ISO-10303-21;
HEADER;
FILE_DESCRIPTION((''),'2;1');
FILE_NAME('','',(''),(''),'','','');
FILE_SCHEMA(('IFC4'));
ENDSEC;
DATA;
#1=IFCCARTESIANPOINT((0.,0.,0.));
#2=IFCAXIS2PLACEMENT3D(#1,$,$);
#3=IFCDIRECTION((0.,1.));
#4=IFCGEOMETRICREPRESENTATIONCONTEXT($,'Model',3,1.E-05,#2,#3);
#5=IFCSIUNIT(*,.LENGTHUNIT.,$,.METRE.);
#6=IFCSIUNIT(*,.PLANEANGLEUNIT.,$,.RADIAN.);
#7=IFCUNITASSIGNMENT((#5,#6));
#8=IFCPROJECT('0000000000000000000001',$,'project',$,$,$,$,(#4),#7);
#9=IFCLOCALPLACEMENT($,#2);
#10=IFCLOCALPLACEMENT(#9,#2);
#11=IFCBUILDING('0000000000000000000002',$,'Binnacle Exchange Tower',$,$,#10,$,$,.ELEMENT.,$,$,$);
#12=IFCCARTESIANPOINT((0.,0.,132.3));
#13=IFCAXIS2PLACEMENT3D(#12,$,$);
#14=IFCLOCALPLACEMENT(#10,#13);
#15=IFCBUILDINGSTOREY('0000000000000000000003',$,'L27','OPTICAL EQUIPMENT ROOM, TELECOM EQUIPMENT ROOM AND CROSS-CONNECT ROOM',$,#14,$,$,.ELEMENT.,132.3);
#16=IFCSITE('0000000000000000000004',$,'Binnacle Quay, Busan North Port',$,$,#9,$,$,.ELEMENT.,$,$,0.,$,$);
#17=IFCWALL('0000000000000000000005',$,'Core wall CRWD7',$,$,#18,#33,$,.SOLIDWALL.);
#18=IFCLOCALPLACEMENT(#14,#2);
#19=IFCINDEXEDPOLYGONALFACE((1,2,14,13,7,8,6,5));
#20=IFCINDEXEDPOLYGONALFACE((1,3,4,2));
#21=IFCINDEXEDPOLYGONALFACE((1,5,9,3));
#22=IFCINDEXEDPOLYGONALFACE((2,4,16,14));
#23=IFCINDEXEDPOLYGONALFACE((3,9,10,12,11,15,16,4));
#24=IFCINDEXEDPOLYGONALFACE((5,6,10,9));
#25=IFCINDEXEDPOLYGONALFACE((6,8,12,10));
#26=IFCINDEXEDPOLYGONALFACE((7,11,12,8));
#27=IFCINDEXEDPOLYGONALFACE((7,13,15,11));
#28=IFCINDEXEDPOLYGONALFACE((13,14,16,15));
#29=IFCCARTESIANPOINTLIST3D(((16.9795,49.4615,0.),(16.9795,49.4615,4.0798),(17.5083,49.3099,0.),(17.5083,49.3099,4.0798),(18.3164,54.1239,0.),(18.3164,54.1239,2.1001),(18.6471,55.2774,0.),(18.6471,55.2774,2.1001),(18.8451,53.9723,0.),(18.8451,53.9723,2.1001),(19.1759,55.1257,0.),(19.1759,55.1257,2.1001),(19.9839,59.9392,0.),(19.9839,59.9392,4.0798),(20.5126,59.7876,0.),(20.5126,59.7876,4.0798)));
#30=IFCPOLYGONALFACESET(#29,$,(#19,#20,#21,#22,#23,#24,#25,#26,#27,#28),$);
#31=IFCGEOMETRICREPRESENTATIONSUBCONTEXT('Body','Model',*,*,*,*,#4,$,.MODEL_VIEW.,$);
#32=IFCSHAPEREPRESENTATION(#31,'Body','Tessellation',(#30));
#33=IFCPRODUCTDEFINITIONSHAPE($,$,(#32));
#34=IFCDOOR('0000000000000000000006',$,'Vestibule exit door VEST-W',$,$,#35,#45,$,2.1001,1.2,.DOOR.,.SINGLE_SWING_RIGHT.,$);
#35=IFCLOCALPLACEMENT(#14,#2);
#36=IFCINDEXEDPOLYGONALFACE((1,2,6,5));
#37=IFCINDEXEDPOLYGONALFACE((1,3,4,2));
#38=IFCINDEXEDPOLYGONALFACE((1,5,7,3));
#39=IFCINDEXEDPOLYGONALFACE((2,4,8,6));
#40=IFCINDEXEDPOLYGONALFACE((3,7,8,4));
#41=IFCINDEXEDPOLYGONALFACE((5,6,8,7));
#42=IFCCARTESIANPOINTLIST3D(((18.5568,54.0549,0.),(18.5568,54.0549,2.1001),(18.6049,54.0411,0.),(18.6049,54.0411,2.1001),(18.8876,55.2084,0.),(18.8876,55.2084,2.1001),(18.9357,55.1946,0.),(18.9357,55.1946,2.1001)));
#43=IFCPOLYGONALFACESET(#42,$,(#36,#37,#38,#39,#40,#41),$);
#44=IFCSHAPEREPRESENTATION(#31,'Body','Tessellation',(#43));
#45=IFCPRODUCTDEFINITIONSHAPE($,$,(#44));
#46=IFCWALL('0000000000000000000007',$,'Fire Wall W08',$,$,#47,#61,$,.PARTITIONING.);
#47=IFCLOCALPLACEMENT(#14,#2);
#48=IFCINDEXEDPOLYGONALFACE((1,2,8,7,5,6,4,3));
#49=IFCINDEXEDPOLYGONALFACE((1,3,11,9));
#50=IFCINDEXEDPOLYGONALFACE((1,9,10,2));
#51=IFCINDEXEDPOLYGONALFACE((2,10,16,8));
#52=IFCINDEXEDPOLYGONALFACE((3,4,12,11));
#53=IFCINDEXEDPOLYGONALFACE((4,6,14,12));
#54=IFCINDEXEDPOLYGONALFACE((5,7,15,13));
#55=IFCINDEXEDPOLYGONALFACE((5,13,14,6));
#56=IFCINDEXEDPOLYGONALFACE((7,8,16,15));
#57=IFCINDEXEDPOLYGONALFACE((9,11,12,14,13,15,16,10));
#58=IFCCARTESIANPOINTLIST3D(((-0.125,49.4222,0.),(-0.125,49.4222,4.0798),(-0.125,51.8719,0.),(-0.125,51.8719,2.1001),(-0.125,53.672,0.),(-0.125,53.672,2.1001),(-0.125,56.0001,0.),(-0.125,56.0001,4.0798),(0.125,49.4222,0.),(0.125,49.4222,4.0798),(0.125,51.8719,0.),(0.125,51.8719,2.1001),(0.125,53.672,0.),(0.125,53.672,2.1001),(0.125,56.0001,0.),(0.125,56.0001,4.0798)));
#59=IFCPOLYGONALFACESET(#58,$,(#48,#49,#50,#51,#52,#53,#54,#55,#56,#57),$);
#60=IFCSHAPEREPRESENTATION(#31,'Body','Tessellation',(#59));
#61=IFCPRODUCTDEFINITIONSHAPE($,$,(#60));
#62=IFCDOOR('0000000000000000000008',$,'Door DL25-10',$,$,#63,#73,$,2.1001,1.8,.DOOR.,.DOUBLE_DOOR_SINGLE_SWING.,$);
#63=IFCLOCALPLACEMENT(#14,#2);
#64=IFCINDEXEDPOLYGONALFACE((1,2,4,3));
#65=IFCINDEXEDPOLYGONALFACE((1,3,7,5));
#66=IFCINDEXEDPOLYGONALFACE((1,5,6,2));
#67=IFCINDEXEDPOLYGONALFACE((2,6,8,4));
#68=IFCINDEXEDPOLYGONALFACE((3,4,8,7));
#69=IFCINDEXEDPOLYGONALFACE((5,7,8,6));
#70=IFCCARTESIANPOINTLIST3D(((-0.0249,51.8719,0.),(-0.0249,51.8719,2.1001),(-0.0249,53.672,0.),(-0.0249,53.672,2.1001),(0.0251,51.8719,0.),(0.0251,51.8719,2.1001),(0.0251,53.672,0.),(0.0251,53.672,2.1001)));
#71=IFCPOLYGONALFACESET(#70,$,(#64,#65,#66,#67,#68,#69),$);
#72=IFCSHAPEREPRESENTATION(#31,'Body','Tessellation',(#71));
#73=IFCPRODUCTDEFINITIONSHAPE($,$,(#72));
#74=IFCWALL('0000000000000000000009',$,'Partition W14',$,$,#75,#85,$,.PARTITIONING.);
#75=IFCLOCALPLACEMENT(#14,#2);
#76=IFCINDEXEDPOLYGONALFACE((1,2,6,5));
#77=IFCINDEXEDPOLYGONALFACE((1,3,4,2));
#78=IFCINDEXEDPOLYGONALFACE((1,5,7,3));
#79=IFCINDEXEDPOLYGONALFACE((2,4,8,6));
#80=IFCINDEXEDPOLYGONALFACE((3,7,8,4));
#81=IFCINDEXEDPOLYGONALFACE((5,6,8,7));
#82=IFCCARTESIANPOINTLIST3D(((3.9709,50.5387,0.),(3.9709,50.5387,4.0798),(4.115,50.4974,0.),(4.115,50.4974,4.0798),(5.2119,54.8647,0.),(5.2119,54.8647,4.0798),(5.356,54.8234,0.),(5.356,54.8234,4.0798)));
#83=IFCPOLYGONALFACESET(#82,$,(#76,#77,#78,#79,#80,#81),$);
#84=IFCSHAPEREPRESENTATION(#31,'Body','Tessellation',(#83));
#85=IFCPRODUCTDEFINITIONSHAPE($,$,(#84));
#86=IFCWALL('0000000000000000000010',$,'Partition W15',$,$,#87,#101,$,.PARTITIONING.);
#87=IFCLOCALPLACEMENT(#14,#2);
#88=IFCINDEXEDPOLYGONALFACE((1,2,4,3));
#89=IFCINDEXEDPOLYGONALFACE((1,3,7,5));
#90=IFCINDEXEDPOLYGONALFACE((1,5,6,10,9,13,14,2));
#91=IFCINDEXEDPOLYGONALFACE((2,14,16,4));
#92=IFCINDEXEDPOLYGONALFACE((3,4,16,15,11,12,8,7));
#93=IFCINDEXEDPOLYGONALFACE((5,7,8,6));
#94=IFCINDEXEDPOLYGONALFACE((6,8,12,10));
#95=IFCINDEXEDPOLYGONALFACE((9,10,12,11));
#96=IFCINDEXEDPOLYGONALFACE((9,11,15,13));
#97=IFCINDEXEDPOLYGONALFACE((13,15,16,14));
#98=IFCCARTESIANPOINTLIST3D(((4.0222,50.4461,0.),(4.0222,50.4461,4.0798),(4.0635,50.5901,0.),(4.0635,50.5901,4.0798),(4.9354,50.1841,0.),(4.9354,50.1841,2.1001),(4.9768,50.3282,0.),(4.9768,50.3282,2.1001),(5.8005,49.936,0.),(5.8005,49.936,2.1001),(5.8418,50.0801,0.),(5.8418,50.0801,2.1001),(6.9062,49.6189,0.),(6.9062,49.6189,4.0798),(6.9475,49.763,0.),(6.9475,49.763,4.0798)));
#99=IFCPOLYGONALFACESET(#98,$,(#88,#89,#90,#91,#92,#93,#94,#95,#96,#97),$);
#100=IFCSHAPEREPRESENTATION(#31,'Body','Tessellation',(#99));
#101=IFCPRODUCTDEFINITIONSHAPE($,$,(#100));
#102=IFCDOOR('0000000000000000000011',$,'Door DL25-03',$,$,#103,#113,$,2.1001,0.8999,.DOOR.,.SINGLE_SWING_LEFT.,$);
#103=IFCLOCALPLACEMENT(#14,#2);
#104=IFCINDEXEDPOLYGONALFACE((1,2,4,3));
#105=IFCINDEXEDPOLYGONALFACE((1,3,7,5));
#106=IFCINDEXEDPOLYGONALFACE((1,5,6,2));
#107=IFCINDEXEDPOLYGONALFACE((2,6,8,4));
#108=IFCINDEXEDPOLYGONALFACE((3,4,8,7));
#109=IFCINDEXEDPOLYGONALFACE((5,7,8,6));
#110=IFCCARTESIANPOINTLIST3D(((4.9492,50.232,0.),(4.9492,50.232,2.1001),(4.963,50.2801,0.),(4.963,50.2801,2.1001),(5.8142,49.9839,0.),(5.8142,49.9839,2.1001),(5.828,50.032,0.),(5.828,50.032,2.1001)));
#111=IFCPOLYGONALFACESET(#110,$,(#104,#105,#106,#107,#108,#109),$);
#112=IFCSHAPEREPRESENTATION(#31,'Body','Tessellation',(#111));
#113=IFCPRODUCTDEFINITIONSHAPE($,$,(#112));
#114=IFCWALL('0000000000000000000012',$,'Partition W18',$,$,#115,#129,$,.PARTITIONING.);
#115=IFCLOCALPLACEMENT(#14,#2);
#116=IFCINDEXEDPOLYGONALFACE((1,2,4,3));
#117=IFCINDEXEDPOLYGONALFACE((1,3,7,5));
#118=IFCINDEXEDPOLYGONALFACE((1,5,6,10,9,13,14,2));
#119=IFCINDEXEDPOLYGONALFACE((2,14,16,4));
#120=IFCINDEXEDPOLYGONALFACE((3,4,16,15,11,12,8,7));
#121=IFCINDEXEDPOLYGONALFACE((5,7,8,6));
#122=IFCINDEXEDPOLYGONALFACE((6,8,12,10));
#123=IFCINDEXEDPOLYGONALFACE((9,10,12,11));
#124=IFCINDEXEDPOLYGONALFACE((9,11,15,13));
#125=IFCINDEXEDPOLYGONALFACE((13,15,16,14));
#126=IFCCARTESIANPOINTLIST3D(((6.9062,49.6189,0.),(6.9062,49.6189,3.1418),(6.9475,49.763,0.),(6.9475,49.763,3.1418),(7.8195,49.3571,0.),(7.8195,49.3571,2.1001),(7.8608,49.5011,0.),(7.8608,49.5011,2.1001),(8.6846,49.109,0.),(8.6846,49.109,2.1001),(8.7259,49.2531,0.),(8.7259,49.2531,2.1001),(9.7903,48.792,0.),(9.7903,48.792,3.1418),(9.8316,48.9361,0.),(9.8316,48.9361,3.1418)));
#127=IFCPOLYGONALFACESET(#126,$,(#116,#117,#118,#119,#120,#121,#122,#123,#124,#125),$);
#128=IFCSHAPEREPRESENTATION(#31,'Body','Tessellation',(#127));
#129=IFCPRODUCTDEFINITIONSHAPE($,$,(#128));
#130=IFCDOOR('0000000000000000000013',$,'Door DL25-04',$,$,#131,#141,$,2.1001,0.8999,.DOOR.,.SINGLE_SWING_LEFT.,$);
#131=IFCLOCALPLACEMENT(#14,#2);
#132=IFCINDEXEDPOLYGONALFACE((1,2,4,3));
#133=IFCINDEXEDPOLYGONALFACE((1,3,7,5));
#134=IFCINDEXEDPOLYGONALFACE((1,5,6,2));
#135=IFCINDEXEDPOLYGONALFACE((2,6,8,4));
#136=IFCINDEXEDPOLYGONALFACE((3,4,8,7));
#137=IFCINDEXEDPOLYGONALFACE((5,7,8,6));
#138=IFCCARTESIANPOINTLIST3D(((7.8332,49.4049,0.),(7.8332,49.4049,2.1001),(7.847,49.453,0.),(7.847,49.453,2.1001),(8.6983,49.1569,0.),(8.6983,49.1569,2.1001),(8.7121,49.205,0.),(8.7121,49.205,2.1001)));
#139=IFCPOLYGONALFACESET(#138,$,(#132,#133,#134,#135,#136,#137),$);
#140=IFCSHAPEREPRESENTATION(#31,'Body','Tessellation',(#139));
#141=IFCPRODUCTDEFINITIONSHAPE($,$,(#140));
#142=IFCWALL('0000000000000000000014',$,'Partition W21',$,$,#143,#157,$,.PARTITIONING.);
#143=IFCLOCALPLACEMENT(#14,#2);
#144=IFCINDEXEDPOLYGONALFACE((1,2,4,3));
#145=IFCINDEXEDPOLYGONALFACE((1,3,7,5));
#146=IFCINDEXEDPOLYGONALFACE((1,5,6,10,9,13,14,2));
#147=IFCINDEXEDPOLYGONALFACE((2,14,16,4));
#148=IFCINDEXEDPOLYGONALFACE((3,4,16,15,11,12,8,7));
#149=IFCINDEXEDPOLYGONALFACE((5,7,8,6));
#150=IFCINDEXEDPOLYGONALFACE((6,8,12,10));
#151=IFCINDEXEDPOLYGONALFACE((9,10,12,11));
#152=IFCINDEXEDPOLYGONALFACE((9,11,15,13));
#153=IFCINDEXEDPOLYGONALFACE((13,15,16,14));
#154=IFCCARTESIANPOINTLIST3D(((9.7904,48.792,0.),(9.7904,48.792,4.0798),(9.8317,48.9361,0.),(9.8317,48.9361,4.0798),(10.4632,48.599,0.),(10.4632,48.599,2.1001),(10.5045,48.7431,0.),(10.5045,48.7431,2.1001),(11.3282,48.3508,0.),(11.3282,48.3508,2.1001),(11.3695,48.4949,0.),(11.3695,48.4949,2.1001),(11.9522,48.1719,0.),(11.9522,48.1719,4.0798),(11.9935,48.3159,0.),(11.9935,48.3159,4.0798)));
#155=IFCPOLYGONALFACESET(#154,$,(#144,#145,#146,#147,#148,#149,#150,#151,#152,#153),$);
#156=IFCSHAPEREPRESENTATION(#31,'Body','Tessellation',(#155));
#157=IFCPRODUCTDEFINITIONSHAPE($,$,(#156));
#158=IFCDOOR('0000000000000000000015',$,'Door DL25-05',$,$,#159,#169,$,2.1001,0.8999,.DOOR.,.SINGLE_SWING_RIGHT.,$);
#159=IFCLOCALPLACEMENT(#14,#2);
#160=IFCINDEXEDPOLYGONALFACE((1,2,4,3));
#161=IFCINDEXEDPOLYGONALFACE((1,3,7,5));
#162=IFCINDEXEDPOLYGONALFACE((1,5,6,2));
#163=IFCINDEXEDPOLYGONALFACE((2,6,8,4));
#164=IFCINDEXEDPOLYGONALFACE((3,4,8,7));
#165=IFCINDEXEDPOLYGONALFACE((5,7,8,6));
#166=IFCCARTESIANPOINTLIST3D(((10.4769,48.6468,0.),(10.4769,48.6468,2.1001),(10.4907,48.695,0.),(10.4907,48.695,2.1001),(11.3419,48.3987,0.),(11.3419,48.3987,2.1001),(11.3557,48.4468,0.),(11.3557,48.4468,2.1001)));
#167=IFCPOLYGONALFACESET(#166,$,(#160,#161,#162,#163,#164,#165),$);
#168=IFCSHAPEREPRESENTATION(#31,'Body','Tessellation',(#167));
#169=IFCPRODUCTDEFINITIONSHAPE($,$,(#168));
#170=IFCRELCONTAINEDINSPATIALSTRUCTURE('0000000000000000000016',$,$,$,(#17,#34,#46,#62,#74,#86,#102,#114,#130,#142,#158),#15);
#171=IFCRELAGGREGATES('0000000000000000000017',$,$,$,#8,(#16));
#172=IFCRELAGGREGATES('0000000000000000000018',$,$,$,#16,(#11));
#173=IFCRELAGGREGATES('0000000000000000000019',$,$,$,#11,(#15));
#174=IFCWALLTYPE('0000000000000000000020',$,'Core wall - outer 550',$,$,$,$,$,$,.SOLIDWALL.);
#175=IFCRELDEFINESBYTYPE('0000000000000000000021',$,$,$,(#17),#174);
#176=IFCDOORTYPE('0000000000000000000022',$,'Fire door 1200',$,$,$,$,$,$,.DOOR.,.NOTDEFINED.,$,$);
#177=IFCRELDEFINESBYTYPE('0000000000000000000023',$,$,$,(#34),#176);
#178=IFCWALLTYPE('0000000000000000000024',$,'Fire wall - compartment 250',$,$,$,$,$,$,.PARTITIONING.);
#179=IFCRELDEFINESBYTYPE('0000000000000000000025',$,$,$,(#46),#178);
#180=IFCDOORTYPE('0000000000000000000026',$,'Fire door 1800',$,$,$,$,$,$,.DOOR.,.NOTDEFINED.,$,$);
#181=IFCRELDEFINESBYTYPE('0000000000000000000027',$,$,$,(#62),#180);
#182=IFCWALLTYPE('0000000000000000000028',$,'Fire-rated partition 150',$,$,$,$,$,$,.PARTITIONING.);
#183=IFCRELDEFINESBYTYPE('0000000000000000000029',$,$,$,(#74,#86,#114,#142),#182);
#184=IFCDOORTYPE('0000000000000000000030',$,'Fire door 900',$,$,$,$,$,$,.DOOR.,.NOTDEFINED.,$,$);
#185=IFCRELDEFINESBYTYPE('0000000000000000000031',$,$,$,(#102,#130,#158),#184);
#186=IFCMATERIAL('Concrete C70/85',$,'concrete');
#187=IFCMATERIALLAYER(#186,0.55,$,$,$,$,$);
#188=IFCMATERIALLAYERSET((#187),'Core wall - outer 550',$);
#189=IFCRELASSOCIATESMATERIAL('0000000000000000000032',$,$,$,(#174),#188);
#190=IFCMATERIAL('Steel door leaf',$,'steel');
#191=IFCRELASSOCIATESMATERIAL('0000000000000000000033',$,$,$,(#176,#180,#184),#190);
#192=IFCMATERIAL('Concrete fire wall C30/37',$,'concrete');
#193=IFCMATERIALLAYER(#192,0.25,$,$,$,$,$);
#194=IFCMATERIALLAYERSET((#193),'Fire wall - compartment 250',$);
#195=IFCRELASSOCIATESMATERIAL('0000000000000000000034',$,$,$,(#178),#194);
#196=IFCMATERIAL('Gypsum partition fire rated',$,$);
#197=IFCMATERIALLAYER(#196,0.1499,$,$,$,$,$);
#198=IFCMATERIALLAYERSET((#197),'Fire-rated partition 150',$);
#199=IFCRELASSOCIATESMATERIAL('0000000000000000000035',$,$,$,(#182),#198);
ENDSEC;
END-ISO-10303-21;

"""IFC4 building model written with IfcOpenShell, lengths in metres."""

from ifc_helpers import new_model, si_unit, direction, frame, frame_2d, origin, place, context, subcontext, project, spatial, rectangle, extrude, material, layer, layer_set, type_object, element, fill, save


model = new_model("IFC4")

# Units and contexts
model_context = context("Model", 3, precision=1e-05, world=origin(), true_north=direction((0.0, 1.0)))
body_context = subcontext(model_context, "Body", "Model", "MODEL_VIEW")
ifc_project = project(units=[si_unit("LENGTHUNIT", "METRE"), si_unit("PLANEANGLEUNIT", "RADIAN")], contexts=[model_context])

# Site, building, storey
site_placement = place(None, origin())
site = spatial("IfcSite", under=ifc_project, at=site_placement, Name="Binnacle Quay, Busan North Port", CompositionType="ELEMENT", RefElevation=0.0)
building_placement = place(site_placement, origin())
building = spatial("IfcBuilding", under=site, at=building_placement, Name="Binnacle Exchange Tower", CompositionType="ELEMENT")
storey_placement = place(building_placement, frame((0.0, 0.0, 132.3)))
storey = spatial("IfcBuildingStorey", under=building, at=storey_placement, Name="L27", Description="OPTICAL EQUIPMENT ROOM, TELECOM EQUIPMENT ROOM AND CROSS-CONNECT ROOM", CompositionType="ELEMENT", Elevation=132.3)

# Shared definitions
ifc_material_1 = material(Name="Concrete C70/85", Category="concrete")

# Shared definitions
ifc_layer_1 = layer(ifc_material_1, 0.55)
ifc_layer_set_1 = layer_set([ifc_layer_1], Name="Core wall - outer 550")
wall_type_1 = type_object("IfcWallType", Name="Core wall - outer 550", PredefinedType="SOLIDWALL", material=ifc_layer_set_1)

# Walls, openings, doors
wall_1_placement = place(storey_placement, frame((17.2439, 49.3857, 0.0), z_axis=(0.0, 0.0, 1.0), x_axis=(0.275632, 0.961263, 0.0)))
wall_1 = element("IfcWall", 1, at=wall_1_placement, inside=storey, type_object=wall_type_1, Name="Core wall CRWD7", PredefinedType="SOLIDWALL", context=body_context, shape_type="SweptSolid", body=[
    extrude(rectangle(XDim=10.8999, YDim=0.55, at=frame_2d((5.45, 0.0))), origin(), (0.0, 0.0, 1.0), 4.0798),
])
opening_1_placement = place(wall_1_placement, frame((4.8501, 0.0, 0.0)))
opening_1 = element("IfcOpeningElement", 2, at=opening_1_placement, cuts=wall_1, PredefinedType="OPENING", context=body_context, shape_type="SweptSolid", body=[
    extrude(rectangle(XDim=1.2, YDim=2.1001, at=frame_2d((0.6001, 1.05))), frame((0.0, 0.2849, 0.0), z_axis=(0.0, -1.0, 0.0), x_axis=(1.0, 0.0, 0.0)), (0.0, 0.0, 1.0), 0.5701),
])
ifc_material_2 = material(Name="Steel door leaf", Category="steel")
door_type_1 = type_object("IfcDoorType", Name="Fire door 1200", OperationType="NOTDEFINED", PredefinedType="DOOR", material=ifc_material_2)
door_1_placement = place(opening_1_placement, origin())
door_1 = element("IfcDoor", 3, at=door_1_placement, inside=storey, type_object=door_type_1, Name="Vestibule exit door VEST-W", OperationType="SINGLE_SWING_RIGHT", OverallHeight=2.1001, OverallWidth=1.2, PredefinedType="DOOR", context=body_context, shape_type="SweptSolid", body=[
    extrude(rectangle(XDim=1.2, YDim=2.1001, at=frame_2d((0.6001, 1.05))), frame((0.0, 0.0249, 0.0), z_axis=(0.0, -1.0, 0.0), x_axis=(1.0, 0.0, 0.0)), (0.0, 0.0, 1.0), 0.05),
])
fill(opening_1, door_1)
ifc_material_3 = material(Name="Concrete fire wall C30/37", Category="concrete")
ifc_layer_2 = layer(ifc_material_3, 0.25)
ifc_layer_set_2 = layer_set([ifc_layer_2], Name="Fire wall - compartment 250")
wall_type_2 = type_object("IfcWallType", Name="Fire wall - compartment 250", PredefinedType="PARTITIONING", material=ifc_layer_set_2)
wall_2_placement = place(storey_placement, frame((0.0, 49.4221, 0.0), z_axis=(0.0, 0.0, 1.0), x_axis=(0.0, 1.0, 0.0)))
wall_2 = element("IfcWall", 4, at=wall_2_placement, inside=storey, type_object=wall_type_2, Name="Fire Wall W08", PredefinedType="PARTITIONING", context=body_context, shape_type="SweptSolid", body=[
    extrude(rectangle(XDim=6.5779, YDim=0.25, at=frame_2d((3.2891, 0.0))), origin(), (0.0, 0.0, 1.0), 4.0798),
])
opening_2_placement = place(wall_2_placement, frame((2.45, 0.0, 0.0)))
opening_2 = element("IfcOpeningElement", 5, at=opening_2_placement, cuts=wall_2, PredefinedType="OPENING", context=body_context, shape_type="SweptSolid", body=[
    extrude(rectangle(XDim=1.8, YDim=2.1001, at=frame_2d((0.8999, 1.05))), frame((0.0, 0.135, 0.0), z_axis=(0.0, -1.0, 0.0), x_axis=(1.0, 0.0, 0.0)), (0.0, 0.0, 1.0), 0.27),
])
door_type_2 = type_object("IfcDoorType", Name="Fire door 1800", OperationType="NOTDEFINED", PredefinedType="DOOR", material=ifc_material_2)
door_2_placement = place(opening_2_placement, origin())
door_2 = element("IfcDoor", 6, at=door_2_placement, inside=storey, type_object=door_type_2, Name="Door DL25-10", OperationType="DOUBLE_DOOR_SINGLE_SWING", OverallHeight=2.1001, OverallWidth=1.8, PredefinedType="DOOR", context=body_context, shape_type="SweptSolid", body=[
    extrude(rectangle(XDim=1.8, YDim=2.1001, at=frame_2d((0.8999, 1.05))), frame((0.0, 0.0249, 0.0), z_axis=(0.0, -1.0, 0.0), x_axis=(1.0, 0.0, 0.0)), (0.0, 0.0, 1.0), 0.05),
])
fill(opening_2, door_2)

# Wall
ifc_material_4 = material(Name="Gypsum partition fire rated")
ifc_layer_3 = layer(ifc_material_4, 0.1499)
ifc_layer_set_3 = layer_set([ifc_layer_3], Name="Fire-rated partition 150")
wall_type_3 = type_object("IfcWallType", Name="Fire-rated partition 150", PredefinedType="PARTITIONING", material=ifc_layer_set_3)
wall_3_placement = place(storey_placement, frame((4.043, 50.5181, 0.0), z_axis=(0.0, 0.0, 1.0), x_axis=(0.275746, 0.961231, 0.0)))
element("IfcWall", 7, at=wall_3_placement, inside=storey, type_object=wall_type_3, Name="Partition W14", PredefinedType="PARTITIONING", context=body_context, shape_type="SweptSolid", body=[
    extrude(rectangle(XDim=4.5005, YDim=0.1499, at=frame_2d((2.2502, 0.0))), origin(), (0.0, 0.0, 1.0), 4.0798),
])

# Walls, openings, doors
wall_4_placement = place(storey_placement, frame((4.043, 50.5181, 0.0), z_axis=(0.0, 0.0, 1.0), x_axis=(0.961247, -0.275688, 0.0)))
wall_4 = element("IfcWall", 8, at=wall_4_placement, inside=storey, type_object=wall_type_3, Name="Partition W15", PredefinedType="PARTITIONING", context=body_context, shape_type="SweptSolid", body=[
    extrude(rectangle(XDim=3.0002, YDim=0.1499, at=frame_2d((1.5, 0.0))), origin(), (0.0, 0.0, 1.0), 4.0798),
])
opening_3_placement = place(wall_4_placement, frame((0.95, 0.0, 0.0)))
opening_3 = element("IfcOpeningElement", 9, at=opening_3_placement, cuts=wall_4, PredefinedType="OPENING", context=body_context, shape_type="SweptSolid", body=[
    extrude(rectangle(XDim=0.8999, YDim=2.1001, at=frame_2d((0.45, 1.05))), frame((0.0, 0.085, 0.0), z_axis=(0.0, -1.0, 0.0), x_axis=(1.0, 0.0, 0.0)), (0.0, 0.0, 1.0), 0.1699),
])
door_type_3 = type_object("IfcDoorType", Name="Fire door 900", OperationType="NOTDEFINED", PredefinedType="DOOR", material=ifc_material_2)
door_3_placement = place(opening_3_placement, origin())
door_3 = element("IfcDoor", 10, at=door_3_placement, inside=storey, type_object=door_type_3, Name="Door DL25-03", OperationType="SINGLE_SWING_LEFT", OverallHeight=2.1001, OverallWidth=0.8999, PredefinedType="DOOR", context=body_context, shape_type="SweptSolid", body=[
    extrude(rectangle(XDim=0.8999, YDim=2.1001, at=frame_2d((0.45, 1.05))), frame((0.0, 0.0249, 0.0), z_axis=(0.0, -1.0, 0.0), x_axis=(1.0, 0.0, 0.0)), (0.0, 0.0, 1.0), 0.05),
])
fill(opening_3, door_3)
wall_5_placement = place(storey_placement, frame((6.927, 49.6909, 0.0), z_axis=(0.0, 0.0, 1.0), x_axis=(0.961269, -0.275613, 0.0)))
wall_5 = element("IfcWall", 11, at=wall_5_placement, inside=storey, type_object=wall_type_3, Name="Partition W18", PredefinedType="PARTITIONING", context=body_context, shape_type="SweptSolid", body=[
    extrude(rectangle(XDim=3.0002, YDim=0.1499, at=frame_2d((1.5, 0.0))), origin(), (0.0, 0.0, 1.0), 3.1418),
])
opening_4_placement = place(wall_5_placement, frame((0.95, 0.0, 0.0)))
opening_4 = element("IfcOpeningElement", 12, at=opening_4_placement, cuts=wall_5, PredefinedType="OPENING", context=body_context, shape_type="SweptSolid", body=[
    extrude(rectangle(XDim=0.8999, YDim=2.1001, at=frame_2d((0.45, 1.05))), frame((0.0, 0.085, 0.0), z_axis=(0.0, -1.0, 0.0), x_axis=(1.0, 0.0, 0.0)), (0.0, 0.0, 1.0), 0.1699),
])
door_4_placement = place(opening_4_placement, origin())
door_4 = element("IfcDoor", 13, at=door_4_placement, inside=storey, type_object=door_type_3, Name="Door DL25-04", OperationType="SINGLE_SWING_LEFT", OverallHeight=2.1001, OverallWidth=0.8999, PredefinedType="DOOR", context=body_context, shape_type="SweptSolid", body=[
    extrude(rectangle(XDim=0.8999, YDim=2.1001, at=frame_2d((0.45, 1.05))), frame((0.0, 0.0249, 0.0), z_axis=(0.0, -1.0, 0.0), x_axis=(1.0, 0.0, 0.0)), (0.0, 0.0, 1.0), 0.05),
])
fill(opening_4, door_4)
wall_6_placement = place(storey_placement, frame((9.811, 48.864, 0.0), z_axis=(0.0, 0.0, 1.0), x_axis=(0.961237, -0.275725, 0.0)))
wall_6 = element("IfcWall", 14, at=wall_6_placement, inside=storey, type_object=wall_type_3, Name="Partition W21", PredefinedType="PARTITIONING", context=body_context, shape_type="SweptSolid", body=[
    extrude(rectangle(XDim=2.249, YDim=0.1499, at=frame_2d((1.1245, 0.0))), origin(), (0.0, 0.0, 1.0), 4.0798),
])
opening_5_placement = place(wall_6_placement, frame((0.7, 0.0, 0.0)))
opening_5 = element("IfcOpeningElement", 15, at=opening_5_placement, cuts=wall_6, PredefinedType="OPENING", context=body_context, shape_type="SweptSolid", body=[
    extrude(rectangle(XDim=0.8999, YDim=2.1001, at=frame_2d((0.45, 1.05))), frame((0.0, 0.085, 0.0), z_axis=(0.0, -1.0, 0.0), x_axis=(1.0, 0.0, 0.0)), (0.0, 0.0, 1.0), 0.1699),
])
door_5_placement = place(opening_5_placement, origin())
door_5 = element("IfcDoor", 16, at=door_5_placement, inside=storey, type_object=door_type_3, Name="Door DL25-05", OperationType="SINGLE_SWING_RIGHT", OverallHeight=2.1001, OverallWidth=0.8999, PredefinedType="DOOR", context=body_context, shape_type="SweptSolid", body=[
    extrude(rectangle(XDim=0.8999, YDim=2.1001, at=frame_2d((0.45, 1.05))), frame((0.0, 0.0249, 0.0), z_axis=(0.0, -1.0, 0.0), x_axis=(1.0, 0.0, 0.0)), (0.0, 0.0, 1.0), 0.05),
])
fill(opening_5, door_5)

save(model, "model.ifc")
